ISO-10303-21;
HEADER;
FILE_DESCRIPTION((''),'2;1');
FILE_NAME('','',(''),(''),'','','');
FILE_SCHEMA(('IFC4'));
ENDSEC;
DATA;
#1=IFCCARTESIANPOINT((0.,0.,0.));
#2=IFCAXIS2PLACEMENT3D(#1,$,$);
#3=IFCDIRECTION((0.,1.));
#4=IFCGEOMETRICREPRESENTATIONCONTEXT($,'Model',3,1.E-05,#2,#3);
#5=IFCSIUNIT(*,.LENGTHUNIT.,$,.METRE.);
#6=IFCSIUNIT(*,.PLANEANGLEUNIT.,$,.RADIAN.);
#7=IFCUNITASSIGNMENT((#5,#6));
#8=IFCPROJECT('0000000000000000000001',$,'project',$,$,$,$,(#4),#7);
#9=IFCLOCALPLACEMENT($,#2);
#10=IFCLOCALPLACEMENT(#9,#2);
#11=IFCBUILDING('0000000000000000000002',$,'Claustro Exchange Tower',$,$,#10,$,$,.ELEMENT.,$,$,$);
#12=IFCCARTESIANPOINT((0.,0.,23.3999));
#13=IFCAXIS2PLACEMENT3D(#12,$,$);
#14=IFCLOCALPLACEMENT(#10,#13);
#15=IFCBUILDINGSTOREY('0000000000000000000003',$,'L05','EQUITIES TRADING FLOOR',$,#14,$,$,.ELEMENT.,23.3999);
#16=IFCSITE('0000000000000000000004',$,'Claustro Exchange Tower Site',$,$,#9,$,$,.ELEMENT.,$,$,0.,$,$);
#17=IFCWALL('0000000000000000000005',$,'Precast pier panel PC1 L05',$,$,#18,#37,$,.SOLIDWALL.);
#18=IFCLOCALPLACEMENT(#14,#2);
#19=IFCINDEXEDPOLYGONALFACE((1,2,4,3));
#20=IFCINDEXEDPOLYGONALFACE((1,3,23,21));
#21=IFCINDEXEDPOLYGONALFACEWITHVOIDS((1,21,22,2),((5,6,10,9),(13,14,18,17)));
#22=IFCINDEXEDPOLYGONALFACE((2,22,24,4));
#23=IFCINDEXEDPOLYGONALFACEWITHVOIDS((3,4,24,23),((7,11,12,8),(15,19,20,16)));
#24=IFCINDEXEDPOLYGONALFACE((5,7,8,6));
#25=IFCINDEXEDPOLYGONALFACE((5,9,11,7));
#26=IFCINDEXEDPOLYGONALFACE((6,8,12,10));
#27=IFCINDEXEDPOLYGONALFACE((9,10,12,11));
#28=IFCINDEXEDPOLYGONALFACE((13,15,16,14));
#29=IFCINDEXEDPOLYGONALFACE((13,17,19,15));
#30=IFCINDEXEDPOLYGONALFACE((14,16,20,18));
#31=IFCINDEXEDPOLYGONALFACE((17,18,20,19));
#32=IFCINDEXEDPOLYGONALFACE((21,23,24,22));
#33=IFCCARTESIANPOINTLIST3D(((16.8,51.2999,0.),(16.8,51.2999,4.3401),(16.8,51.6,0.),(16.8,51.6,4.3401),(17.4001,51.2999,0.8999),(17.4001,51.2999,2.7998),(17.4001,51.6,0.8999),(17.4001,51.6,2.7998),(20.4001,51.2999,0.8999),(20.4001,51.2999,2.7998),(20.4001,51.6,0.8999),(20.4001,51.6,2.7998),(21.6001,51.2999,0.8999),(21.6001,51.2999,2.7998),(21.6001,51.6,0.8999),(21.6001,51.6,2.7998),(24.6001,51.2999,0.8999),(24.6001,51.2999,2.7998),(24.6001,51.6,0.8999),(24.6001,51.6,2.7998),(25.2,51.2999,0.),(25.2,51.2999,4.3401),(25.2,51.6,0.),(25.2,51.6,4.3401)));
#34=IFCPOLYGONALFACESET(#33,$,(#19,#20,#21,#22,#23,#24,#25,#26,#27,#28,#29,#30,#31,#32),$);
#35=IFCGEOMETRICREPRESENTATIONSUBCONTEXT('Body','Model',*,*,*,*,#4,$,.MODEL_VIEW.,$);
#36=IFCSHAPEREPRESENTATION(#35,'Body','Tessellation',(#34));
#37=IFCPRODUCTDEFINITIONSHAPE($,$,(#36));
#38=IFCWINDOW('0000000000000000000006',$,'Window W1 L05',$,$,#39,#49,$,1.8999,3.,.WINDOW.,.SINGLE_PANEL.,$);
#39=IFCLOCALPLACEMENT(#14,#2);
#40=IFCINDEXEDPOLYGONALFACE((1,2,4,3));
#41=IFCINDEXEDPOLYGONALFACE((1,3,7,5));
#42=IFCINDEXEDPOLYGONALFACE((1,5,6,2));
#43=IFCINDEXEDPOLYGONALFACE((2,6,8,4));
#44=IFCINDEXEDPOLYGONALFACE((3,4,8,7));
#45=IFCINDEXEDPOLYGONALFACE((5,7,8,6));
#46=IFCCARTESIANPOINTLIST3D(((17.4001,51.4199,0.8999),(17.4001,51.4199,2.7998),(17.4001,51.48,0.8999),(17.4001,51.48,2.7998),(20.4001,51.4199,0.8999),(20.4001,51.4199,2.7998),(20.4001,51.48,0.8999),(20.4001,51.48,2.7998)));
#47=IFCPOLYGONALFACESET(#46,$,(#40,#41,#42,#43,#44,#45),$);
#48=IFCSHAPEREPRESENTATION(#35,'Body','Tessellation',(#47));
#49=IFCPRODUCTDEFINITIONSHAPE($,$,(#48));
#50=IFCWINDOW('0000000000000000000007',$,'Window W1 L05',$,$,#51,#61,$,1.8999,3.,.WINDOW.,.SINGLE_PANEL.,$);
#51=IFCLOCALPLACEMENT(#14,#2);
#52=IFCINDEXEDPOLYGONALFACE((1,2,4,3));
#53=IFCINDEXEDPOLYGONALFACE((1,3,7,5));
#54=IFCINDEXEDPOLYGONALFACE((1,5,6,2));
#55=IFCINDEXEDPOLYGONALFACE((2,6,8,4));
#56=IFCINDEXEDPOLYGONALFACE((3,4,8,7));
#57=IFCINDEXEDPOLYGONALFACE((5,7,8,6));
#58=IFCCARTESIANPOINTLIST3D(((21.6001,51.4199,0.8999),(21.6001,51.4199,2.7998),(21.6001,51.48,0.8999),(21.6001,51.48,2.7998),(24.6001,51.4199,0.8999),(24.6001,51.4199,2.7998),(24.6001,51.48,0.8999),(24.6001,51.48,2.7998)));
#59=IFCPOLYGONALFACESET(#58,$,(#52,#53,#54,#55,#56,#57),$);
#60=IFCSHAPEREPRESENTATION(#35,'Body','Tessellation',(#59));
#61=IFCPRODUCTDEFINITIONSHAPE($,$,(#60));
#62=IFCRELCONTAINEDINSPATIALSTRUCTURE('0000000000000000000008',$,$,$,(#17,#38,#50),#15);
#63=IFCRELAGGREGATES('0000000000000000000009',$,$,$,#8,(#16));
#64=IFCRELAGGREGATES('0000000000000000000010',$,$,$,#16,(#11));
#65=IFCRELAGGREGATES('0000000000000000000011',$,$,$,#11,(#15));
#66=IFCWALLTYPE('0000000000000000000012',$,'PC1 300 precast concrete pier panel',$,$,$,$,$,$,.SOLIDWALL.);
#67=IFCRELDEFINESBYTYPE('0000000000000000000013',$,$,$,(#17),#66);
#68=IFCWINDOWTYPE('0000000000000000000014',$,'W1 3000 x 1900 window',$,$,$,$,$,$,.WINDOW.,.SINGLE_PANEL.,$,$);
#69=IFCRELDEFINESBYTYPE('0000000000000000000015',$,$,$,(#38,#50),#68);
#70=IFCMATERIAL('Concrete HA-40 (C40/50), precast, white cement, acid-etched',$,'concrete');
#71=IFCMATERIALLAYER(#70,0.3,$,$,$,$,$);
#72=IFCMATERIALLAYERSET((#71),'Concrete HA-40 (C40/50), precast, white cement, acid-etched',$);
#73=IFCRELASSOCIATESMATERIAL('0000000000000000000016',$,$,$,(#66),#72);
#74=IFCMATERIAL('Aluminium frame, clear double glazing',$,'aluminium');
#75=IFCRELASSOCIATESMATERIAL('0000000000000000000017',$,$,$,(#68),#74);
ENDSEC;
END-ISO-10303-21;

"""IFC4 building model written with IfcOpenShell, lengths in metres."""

from ifc_helpers import new_model, si_unit, direction, frame, frame_2d, origin, place, context, subcontext, project, spatial, rectangle, extrude, material, layer, layer_set, type_object, element, fill, save


model = new_model("IFC4")

# Units and contexts
model_context = context("Model", 3, precision=1e-05, world=origin(), true_north=direction((0.0, 1.0)))
body_context = subcontext(model_context, "Body", "Model", "MODEL_VIEW")
ifc_project = project(units=[si_unit("LENGTHUNIT", "METRE"), si_unit("PLANEANGLEUNIT", "RADIAN")], contexts=[model_context])

# Site, building, storey
site_placement = place(None, origin())
site = spatial("IfcSite", under=ifc_project, at=site_placement, Name="Claustro Exchange Tower Site", CompositionType="ELEMENT", RefElevation=0.0)
building_placement = place(site_placement, origin())
building = spatial("IfcBuilding", under=site, at=building_placement, Name="Claustro Exchange Tower", CompositionType="ELEMENT")
storey_placement = place(building_placement, frame((0.0, 0.0, 23.3999)))
storey = spatial("IfcBuildingStorey", under=building, at=storey_placement, Name="L05", Description="EQUITIES TRADING FLOOR", CompositionType="ELEMENT", Elevation=23.3999)

# Wall, openings, windows
ifc_material_1 = material(Name="Concrete HA-40 (C40/50), precast, white cement, acid-etched", Category="concrete")
ifc_layer_1 = layer(ifc_material_1, 0.3)
ifc_layer_set_1 = layer_set([ifc_layer_1], Name="Concrete HA-40 (C40/50), precast, white cement, acid-etched")
wall_type_1 = type_object("IfcWallType", Name="PC1 300 precast concrete pier panel", PredefinedType="SOLIDWALL", material=ifc_layer_set_1)
ifc_material_2 = material(Name="Aluminium frame, clear double glazing", Category="aluminium")
window_type = type_object("IfcWindowType", Name="W1 3000 x 1900 window", PartitioningType="SINGLE_PANEL", PredefinedType="WINDOW", material=ifc_material_2)
wall_1_placement = place(storey_placement, frame((16.8, 51.45, 0.0), z_axis=(0.0, 0.0, 1.0), x_axis=(1.0, 0.0, 0.0)))
wall_1 = element("IfcWall", 1, at=wall_1_placement, inside=storey, type_object=wall_type_1, Name="Precast pier panel PC1 L05", PredefinedType="SOLIDWALL", context=body_context, shape_type="SweptSolid", body=[
    extrude(rectangle(XDim=8.3999, YDim=0.3, at=frame_2d((4.2, 0.0))), origin(), (0.0, 0.0, 1.0), 4.3401),
])
opening_1_placement = place(wall_1_placement, frame((0.6001, 0.0, 0.8999)))
opening_1 = element("IfcOpeningElement", 2, at=opening_1_placement, cuts=wall_1, PredefinedType="OPENING", context=body_context, shape_type="SweptSolid", body=[
    extrude(rectangle(XDim=3.0, YDim=1.8999, at=frame_2d((1.5, 0.95))), frame((0.0, 0.1599, 0.0), z_axis=(0.0, -1.0, 0.0), x_axis=(1.0, 0.0, 0.0)), (0.0, 0.0, 1.0), 0.3201),
])
opening_2_placement = place(wall_1_placement, frame((4.8, 0.0, 0.8999)))
opening_2 = element("IfcOpeningElement", 3, at=opening_2_placement, cuts=wall_1, PredefinedType="OPENING", context=body_context, shape_type="SweptSolid", body=[
    extrude(rectangle(XDim=3.0, YDim=1.8999, at=frame_2d((1.5, 0.95))), frame((0.0, 0.1599, 0.0), z_axis=(0.0, -1.0, 0.0), x_axis=(1.0, 0.0, 0.0)), (0.0, 0.0, 1.0), 0.3201),
])
window_1_placement = place(opening_1_placement, origin())
window_1 = element("IfcWindow", 4, at=window_1_placement, inside=storey, type_object=window_type, Name="Window W1 L05", OverallHeight=1.8999, OverallWidth=3.0, PartitioningType="SINGLE_PANEL", PredefinedType="WINDOW", context=body_context, shape_type="SweptSolid", body=[
    extrude(rectangle(XDim=3.0, YDim=1.8999, at=frame_2d((1.5, 0.95))), frame((0.0, 0.03, 0.0), z_axis=(0.0, -1.0, 0.0), x_axis=(1.0, 0.0, 0.0)), (0.0, 0.0, 1.0), 0.0601),
])
fill(opening_1, window_1)
window_2_placement = place(opening_2_placement, origin())
window_2 = element("IfcWindow", 5, at=window_2_placement, inside=storey, type_object=window_type, Name="Window W1 L05", OverallHeight=1.8999, OverallWidth=3.0, PartitioningType="SINGLE_PANEL", PredefinedType="WINDOW", context=body_context, shape_type="SweptSolid", body=[
    extrude(rectangle(XDim=3.0, YDim=1.8999, at=frame_2d((1.5, 0.95))), frame((0.0, 0.03, 0.0), z_axis=(0.0, -1.0, 0.0), x_axis=(1.0, 0.0, 0.0)), (0.0, 0.0, 1.0), 0.0601),
])
fill(opening_2, window_2)

save(model, "model.ifc")
